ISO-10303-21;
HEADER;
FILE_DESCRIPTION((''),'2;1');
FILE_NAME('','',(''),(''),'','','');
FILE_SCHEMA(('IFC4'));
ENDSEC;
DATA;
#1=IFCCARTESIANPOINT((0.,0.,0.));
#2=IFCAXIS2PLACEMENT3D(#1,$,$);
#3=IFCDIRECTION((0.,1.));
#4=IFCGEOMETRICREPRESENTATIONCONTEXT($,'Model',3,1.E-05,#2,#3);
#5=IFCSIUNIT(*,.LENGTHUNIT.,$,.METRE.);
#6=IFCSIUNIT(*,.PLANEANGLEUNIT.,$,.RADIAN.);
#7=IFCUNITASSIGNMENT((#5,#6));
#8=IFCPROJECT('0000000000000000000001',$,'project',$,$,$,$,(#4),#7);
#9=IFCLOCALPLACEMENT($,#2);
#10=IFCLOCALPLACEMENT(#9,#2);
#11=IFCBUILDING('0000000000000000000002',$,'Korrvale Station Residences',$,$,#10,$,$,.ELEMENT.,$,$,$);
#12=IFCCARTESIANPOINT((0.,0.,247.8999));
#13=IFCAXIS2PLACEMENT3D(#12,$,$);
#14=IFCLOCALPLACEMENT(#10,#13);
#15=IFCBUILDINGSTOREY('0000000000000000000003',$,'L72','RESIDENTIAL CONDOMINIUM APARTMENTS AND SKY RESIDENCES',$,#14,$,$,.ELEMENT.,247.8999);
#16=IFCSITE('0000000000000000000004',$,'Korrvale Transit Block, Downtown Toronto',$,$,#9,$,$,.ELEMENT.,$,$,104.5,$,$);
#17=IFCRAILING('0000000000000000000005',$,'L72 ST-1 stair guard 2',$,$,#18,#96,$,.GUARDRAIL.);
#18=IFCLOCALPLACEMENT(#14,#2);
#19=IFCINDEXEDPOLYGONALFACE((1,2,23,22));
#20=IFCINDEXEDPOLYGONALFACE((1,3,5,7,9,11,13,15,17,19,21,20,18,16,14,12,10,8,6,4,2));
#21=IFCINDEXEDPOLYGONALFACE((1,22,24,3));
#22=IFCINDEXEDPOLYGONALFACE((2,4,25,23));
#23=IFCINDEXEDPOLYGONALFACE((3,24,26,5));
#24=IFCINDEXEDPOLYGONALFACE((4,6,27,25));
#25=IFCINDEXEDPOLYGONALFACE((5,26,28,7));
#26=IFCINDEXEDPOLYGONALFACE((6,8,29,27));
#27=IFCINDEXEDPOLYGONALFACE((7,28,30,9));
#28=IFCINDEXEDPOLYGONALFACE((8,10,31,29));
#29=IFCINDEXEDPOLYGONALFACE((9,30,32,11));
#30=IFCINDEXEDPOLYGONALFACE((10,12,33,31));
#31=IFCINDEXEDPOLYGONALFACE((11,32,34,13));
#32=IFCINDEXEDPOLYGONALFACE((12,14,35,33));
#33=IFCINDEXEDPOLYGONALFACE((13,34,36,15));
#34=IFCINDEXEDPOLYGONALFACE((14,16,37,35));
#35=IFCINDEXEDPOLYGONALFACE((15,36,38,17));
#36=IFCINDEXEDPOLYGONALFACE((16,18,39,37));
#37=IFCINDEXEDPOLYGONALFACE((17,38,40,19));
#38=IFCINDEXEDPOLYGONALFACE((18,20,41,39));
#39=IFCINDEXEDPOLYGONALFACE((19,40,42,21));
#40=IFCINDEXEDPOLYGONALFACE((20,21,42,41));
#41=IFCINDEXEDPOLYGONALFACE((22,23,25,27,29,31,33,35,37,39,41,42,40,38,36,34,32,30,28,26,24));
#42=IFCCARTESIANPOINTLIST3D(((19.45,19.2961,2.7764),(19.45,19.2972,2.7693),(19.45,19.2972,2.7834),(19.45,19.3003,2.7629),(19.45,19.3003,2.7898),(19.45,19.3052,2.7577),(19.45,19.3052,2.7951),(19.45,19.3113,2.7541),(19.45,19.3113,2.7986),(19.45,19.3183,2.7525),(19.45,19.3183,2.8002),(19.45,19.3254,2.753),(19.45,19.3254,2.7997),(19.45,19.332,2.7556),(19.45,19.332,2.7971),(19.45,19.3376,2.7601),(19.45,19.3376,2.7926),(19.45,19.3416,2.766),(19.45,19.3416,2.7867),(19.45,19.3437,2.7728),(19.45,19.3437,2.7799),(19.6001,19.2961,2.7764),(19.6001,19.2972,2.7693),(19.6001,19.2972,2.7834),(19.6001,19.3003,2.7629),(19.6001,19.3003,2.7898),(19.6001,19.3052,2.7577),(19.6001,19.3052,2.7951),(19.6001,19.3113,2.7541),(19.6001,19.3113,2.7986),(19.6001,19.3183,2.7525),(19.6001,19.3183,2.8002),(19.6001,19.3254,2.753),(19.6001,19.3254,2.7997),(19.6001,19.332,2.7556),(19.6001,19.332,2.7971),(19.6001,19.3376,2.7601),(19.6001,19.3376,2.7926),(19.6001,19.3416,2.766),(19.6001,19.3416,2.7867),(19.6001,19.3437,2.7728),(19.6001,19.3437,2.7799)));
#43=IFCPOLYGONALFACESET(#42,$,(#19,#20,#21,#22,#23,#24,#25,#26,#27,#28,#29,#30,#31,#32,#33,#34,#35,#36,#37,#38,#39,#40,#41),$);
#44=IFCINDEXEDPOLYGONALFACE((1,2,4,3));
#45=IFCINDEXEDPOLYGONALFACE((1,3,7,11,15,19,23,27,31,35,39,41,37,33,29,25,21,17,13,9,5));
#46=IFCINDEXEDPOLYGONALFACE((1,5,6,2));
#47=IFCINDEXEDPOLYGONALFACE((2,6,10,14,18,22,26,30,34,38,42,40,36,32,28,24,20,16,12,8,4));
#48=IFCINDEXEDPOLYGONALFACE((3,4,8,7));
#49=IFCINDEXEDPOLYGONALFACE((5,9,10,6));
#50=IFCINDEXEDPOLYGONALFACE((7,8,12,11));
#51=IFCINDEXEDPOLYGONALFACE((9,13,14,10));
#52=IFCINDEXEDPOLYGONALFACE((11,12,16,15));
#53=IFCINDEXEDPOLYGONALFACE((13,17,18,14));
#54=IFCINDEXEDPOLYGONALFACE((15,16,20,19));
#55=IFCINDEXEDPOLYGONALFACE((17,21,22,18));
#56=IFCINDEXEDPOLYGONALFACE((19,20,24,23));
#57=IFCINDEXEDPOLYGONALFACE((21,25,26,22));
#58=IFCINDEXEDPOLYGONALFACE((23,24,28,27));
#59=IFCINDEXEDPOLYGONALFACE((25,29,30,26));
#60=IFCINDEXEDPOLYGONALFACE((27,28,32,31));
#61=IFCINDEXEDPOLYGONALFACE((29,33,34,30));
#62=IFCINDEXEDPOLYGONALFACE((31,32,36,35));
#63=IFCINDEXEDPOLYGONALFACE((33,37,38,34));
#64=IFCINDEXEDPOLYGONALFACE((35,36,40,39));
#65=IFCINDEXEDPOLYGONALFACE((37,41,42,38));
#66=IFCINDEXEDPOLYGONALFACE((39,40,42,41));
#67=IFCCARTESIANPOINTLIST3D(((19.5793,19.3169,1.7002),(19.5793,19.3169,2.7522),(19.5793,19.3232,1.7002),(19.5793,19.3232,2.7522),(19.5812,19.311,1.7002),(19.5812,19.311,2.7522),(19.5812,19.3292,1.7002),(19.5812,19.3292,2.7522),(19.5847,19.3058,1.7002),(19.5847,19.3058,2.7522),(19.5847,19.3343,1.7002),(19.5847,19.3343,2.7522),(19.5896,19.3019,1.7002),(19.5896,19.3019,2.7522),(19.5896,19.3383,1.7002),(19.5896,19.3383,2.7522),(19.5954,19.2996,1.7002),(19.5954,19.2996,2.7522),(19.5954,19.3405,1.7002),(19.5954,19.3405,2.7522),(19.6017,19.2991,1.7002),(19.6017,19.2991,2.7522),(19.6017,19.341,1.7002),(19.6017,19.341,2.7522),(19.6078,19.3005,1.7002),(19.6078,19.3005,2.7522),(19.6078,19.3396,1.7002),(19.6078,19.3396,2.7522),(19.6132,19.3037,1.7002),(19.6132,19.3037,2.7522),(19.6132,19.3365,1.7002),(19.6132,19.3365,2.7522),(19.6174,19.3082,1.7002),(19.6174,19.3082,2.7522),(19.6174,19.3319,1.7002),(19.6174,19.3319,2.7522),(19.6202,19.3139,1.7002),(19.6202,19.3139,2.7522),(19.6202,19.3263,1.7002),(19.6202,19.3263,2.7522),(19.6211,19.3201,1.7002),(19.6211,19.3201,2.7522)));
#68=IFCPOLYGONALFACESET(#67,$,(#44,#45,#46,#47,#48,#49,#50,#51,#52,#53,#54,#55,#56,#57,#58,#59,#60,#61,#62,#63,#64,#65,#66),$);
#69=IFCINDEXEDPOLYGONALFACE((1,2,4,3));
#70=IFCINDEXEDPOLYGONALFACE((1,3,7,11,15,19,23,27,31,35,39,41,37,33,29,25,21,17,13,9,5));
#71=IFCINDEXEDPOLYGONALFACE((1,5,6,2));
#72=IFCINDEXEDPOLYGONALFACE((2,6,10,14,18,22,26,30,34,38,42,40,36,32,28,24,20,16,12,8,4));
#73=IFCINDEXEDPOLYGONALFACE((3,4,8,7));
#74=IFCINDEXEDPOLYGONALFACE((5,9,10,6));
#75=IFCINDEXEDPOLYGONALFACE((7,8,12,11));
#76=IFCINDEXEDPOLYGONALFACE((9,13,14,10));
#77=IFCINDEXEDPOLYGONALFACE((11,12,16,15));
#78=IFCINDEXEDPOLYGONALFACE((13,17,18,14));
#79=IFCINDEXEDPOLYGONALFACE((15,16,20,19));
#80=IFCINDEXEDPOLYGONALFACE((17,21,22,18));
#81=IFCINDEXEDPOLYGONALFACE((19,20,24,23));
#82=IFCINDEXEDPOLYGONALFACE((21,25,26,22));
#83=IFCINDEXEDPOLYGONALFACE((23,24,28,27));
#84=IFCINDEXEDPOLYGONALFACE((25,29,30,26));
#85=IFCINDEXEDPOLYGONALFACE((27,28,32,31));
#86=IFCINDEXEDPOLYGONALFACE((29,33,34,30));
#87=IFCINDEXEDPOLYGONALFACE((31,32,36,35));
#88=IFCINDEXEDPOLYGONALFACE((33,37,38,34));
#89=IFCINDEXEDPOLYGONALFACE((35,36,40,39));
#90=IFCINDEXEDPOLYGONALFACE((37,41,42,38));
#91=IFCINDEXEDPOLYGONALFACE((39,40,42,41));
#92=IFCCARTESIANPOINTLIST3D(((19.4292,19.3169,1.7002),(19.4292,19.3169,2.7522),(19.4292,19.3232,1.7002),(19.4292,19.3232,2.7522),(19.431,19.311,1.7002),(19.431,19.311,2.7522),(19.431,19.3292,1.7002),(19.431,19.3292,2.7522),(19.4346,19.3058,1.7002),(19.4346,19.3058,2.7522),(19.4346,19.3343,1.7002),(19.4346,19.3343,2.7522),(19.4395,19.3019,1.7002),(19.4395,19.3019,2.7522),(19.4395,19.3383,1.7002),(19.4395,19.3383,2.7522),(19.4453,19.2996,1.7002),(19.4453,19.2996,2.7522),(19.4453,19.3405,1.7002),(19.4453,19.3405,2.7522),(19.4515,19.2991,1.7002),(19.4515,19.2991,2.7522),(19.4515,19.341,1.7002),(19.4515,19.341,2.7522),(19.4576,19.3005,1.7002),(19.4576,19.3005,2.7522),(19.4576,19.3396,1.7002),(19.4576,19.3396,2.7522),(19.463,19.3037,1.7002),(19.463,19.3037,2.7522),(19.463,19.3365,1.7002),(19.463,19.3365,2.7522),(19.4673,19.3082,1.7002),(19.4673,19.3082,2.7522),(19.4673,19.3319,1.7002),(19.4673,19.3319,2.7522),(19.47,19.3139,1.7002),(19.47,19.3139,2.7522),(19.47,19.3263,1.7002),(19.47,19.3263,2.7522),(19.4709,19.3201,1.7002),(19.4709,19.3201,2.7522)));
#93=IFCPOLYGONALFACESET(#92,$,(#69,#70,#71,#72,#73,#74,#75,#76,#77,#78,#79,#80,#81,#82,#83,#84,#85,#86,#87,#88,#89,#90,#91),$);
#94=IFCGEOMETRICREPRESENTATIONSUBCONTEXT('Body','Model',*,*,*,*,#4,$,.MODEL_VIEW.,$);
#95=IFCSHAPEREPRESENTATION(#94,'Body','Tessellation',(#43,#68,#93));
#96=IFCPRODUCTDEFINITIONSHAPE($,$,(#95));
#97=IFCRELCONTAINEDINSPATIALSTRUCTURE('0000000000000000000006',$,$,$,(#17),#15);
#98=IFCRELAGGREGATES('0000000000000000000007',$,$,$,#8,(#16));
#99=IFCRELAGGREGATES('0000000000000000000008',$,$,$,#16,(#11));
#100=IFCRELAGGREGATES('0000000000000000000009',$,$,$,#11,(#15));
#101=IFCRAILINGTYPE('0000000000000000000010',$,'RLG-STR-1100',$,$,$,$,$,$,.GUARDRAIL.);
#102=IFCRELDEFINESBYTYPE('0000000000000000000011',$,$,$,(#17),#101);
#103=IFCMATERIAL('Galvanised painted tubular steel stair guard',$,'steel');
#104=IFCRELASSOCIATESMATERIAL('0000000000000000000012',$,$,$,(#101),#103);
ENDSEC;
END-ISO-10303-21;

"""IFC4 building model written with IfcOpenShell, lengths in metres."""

from ifc_helpers import new_model, si_unit, direction, frame, origin, origin_2d, place, context, subcontext, project, spatial, circle, extrude, material, type_object, element, save


model = new_model("IFC4")

# Units and contexts
model_context = context("Model", 3, precision=1e-05, world=origin(), true_north=direction((0.0, 1.0)))
body_context = subcontext(model_context, "Body", "Model", "MODEL_VIEW")
ifc_project = project(units=[si_unit("LENGTHUNIT", "METRE"), si_unit("PLANEANGLEUNIT", "RADIAN")], contexts=[model_context])

# Site, building, storey
site_placement = place(None, origin())
site = spatial("IfcSite", under=ifc_project, at=site_placement, Name="Korrvale Transit Block, Downtown Toronto", CompositionType="ELEMENT", RefElevation=104.5)
building_placement = place(site_placement, origin())
building = spatial("IfcBuilding", under=site, at=building_placement, Name="Korrvale Station Residences", CompositionType="ELEMENT")
storey_placement = place(building_placement, frame((0.0, 0.0, 247.8999)))
storey = spatial("IfcBuildingStorey", under=building, at=storey_placement, Name="L72", Description="RESIDENTIAL CONDOMINIUM APARTMENTS AND SKY RESIDENCES", CompositionType="ELEMENT", Elevation=247.8999)

# Railing
ifc_material_1 = material(Name="Galvanised painted tubular steel stair guard", Category="steel")
railing_type_1 = type_object("IfcRailingType", Name="RLG-STR-1100", PredefinedType="GUARDRAIL", material=ifc_material_1)
railing_1_placement = place(storey_placement, frame((19.6001, 19.3201, 1.7002)))
element("IfcRailing", 1, at=railing_1_placement, inside=storey, type_object=railing_type_1, Name="L72 ST-1 stair guard 2", PredefinedType="GUARDRAIL", context=body_context, shape_type="SweptSolid", body=[
    extrude(circle(Radius=0.0239, at=origin_2d()), frame((0.0, 0.0, 1.0762), z_axis=(-1.0, 0.0, 0.0), x_axis=(0.0, -1.0, 0.0)), (0.0, 0.0, 1.0), 0.1501),
    extrude(circle(Radius=0.021, at=origin_2d()), origin(), (0.0, 0.0, 1.0), 1.052),
    extrude(circle(Radius=0.021, at=origin_2d()), frame((-0.1501, 0.0, 0.0)), (0.0, 0.0, 1.0), 1.052),
])

save(model, "model.ifc")
